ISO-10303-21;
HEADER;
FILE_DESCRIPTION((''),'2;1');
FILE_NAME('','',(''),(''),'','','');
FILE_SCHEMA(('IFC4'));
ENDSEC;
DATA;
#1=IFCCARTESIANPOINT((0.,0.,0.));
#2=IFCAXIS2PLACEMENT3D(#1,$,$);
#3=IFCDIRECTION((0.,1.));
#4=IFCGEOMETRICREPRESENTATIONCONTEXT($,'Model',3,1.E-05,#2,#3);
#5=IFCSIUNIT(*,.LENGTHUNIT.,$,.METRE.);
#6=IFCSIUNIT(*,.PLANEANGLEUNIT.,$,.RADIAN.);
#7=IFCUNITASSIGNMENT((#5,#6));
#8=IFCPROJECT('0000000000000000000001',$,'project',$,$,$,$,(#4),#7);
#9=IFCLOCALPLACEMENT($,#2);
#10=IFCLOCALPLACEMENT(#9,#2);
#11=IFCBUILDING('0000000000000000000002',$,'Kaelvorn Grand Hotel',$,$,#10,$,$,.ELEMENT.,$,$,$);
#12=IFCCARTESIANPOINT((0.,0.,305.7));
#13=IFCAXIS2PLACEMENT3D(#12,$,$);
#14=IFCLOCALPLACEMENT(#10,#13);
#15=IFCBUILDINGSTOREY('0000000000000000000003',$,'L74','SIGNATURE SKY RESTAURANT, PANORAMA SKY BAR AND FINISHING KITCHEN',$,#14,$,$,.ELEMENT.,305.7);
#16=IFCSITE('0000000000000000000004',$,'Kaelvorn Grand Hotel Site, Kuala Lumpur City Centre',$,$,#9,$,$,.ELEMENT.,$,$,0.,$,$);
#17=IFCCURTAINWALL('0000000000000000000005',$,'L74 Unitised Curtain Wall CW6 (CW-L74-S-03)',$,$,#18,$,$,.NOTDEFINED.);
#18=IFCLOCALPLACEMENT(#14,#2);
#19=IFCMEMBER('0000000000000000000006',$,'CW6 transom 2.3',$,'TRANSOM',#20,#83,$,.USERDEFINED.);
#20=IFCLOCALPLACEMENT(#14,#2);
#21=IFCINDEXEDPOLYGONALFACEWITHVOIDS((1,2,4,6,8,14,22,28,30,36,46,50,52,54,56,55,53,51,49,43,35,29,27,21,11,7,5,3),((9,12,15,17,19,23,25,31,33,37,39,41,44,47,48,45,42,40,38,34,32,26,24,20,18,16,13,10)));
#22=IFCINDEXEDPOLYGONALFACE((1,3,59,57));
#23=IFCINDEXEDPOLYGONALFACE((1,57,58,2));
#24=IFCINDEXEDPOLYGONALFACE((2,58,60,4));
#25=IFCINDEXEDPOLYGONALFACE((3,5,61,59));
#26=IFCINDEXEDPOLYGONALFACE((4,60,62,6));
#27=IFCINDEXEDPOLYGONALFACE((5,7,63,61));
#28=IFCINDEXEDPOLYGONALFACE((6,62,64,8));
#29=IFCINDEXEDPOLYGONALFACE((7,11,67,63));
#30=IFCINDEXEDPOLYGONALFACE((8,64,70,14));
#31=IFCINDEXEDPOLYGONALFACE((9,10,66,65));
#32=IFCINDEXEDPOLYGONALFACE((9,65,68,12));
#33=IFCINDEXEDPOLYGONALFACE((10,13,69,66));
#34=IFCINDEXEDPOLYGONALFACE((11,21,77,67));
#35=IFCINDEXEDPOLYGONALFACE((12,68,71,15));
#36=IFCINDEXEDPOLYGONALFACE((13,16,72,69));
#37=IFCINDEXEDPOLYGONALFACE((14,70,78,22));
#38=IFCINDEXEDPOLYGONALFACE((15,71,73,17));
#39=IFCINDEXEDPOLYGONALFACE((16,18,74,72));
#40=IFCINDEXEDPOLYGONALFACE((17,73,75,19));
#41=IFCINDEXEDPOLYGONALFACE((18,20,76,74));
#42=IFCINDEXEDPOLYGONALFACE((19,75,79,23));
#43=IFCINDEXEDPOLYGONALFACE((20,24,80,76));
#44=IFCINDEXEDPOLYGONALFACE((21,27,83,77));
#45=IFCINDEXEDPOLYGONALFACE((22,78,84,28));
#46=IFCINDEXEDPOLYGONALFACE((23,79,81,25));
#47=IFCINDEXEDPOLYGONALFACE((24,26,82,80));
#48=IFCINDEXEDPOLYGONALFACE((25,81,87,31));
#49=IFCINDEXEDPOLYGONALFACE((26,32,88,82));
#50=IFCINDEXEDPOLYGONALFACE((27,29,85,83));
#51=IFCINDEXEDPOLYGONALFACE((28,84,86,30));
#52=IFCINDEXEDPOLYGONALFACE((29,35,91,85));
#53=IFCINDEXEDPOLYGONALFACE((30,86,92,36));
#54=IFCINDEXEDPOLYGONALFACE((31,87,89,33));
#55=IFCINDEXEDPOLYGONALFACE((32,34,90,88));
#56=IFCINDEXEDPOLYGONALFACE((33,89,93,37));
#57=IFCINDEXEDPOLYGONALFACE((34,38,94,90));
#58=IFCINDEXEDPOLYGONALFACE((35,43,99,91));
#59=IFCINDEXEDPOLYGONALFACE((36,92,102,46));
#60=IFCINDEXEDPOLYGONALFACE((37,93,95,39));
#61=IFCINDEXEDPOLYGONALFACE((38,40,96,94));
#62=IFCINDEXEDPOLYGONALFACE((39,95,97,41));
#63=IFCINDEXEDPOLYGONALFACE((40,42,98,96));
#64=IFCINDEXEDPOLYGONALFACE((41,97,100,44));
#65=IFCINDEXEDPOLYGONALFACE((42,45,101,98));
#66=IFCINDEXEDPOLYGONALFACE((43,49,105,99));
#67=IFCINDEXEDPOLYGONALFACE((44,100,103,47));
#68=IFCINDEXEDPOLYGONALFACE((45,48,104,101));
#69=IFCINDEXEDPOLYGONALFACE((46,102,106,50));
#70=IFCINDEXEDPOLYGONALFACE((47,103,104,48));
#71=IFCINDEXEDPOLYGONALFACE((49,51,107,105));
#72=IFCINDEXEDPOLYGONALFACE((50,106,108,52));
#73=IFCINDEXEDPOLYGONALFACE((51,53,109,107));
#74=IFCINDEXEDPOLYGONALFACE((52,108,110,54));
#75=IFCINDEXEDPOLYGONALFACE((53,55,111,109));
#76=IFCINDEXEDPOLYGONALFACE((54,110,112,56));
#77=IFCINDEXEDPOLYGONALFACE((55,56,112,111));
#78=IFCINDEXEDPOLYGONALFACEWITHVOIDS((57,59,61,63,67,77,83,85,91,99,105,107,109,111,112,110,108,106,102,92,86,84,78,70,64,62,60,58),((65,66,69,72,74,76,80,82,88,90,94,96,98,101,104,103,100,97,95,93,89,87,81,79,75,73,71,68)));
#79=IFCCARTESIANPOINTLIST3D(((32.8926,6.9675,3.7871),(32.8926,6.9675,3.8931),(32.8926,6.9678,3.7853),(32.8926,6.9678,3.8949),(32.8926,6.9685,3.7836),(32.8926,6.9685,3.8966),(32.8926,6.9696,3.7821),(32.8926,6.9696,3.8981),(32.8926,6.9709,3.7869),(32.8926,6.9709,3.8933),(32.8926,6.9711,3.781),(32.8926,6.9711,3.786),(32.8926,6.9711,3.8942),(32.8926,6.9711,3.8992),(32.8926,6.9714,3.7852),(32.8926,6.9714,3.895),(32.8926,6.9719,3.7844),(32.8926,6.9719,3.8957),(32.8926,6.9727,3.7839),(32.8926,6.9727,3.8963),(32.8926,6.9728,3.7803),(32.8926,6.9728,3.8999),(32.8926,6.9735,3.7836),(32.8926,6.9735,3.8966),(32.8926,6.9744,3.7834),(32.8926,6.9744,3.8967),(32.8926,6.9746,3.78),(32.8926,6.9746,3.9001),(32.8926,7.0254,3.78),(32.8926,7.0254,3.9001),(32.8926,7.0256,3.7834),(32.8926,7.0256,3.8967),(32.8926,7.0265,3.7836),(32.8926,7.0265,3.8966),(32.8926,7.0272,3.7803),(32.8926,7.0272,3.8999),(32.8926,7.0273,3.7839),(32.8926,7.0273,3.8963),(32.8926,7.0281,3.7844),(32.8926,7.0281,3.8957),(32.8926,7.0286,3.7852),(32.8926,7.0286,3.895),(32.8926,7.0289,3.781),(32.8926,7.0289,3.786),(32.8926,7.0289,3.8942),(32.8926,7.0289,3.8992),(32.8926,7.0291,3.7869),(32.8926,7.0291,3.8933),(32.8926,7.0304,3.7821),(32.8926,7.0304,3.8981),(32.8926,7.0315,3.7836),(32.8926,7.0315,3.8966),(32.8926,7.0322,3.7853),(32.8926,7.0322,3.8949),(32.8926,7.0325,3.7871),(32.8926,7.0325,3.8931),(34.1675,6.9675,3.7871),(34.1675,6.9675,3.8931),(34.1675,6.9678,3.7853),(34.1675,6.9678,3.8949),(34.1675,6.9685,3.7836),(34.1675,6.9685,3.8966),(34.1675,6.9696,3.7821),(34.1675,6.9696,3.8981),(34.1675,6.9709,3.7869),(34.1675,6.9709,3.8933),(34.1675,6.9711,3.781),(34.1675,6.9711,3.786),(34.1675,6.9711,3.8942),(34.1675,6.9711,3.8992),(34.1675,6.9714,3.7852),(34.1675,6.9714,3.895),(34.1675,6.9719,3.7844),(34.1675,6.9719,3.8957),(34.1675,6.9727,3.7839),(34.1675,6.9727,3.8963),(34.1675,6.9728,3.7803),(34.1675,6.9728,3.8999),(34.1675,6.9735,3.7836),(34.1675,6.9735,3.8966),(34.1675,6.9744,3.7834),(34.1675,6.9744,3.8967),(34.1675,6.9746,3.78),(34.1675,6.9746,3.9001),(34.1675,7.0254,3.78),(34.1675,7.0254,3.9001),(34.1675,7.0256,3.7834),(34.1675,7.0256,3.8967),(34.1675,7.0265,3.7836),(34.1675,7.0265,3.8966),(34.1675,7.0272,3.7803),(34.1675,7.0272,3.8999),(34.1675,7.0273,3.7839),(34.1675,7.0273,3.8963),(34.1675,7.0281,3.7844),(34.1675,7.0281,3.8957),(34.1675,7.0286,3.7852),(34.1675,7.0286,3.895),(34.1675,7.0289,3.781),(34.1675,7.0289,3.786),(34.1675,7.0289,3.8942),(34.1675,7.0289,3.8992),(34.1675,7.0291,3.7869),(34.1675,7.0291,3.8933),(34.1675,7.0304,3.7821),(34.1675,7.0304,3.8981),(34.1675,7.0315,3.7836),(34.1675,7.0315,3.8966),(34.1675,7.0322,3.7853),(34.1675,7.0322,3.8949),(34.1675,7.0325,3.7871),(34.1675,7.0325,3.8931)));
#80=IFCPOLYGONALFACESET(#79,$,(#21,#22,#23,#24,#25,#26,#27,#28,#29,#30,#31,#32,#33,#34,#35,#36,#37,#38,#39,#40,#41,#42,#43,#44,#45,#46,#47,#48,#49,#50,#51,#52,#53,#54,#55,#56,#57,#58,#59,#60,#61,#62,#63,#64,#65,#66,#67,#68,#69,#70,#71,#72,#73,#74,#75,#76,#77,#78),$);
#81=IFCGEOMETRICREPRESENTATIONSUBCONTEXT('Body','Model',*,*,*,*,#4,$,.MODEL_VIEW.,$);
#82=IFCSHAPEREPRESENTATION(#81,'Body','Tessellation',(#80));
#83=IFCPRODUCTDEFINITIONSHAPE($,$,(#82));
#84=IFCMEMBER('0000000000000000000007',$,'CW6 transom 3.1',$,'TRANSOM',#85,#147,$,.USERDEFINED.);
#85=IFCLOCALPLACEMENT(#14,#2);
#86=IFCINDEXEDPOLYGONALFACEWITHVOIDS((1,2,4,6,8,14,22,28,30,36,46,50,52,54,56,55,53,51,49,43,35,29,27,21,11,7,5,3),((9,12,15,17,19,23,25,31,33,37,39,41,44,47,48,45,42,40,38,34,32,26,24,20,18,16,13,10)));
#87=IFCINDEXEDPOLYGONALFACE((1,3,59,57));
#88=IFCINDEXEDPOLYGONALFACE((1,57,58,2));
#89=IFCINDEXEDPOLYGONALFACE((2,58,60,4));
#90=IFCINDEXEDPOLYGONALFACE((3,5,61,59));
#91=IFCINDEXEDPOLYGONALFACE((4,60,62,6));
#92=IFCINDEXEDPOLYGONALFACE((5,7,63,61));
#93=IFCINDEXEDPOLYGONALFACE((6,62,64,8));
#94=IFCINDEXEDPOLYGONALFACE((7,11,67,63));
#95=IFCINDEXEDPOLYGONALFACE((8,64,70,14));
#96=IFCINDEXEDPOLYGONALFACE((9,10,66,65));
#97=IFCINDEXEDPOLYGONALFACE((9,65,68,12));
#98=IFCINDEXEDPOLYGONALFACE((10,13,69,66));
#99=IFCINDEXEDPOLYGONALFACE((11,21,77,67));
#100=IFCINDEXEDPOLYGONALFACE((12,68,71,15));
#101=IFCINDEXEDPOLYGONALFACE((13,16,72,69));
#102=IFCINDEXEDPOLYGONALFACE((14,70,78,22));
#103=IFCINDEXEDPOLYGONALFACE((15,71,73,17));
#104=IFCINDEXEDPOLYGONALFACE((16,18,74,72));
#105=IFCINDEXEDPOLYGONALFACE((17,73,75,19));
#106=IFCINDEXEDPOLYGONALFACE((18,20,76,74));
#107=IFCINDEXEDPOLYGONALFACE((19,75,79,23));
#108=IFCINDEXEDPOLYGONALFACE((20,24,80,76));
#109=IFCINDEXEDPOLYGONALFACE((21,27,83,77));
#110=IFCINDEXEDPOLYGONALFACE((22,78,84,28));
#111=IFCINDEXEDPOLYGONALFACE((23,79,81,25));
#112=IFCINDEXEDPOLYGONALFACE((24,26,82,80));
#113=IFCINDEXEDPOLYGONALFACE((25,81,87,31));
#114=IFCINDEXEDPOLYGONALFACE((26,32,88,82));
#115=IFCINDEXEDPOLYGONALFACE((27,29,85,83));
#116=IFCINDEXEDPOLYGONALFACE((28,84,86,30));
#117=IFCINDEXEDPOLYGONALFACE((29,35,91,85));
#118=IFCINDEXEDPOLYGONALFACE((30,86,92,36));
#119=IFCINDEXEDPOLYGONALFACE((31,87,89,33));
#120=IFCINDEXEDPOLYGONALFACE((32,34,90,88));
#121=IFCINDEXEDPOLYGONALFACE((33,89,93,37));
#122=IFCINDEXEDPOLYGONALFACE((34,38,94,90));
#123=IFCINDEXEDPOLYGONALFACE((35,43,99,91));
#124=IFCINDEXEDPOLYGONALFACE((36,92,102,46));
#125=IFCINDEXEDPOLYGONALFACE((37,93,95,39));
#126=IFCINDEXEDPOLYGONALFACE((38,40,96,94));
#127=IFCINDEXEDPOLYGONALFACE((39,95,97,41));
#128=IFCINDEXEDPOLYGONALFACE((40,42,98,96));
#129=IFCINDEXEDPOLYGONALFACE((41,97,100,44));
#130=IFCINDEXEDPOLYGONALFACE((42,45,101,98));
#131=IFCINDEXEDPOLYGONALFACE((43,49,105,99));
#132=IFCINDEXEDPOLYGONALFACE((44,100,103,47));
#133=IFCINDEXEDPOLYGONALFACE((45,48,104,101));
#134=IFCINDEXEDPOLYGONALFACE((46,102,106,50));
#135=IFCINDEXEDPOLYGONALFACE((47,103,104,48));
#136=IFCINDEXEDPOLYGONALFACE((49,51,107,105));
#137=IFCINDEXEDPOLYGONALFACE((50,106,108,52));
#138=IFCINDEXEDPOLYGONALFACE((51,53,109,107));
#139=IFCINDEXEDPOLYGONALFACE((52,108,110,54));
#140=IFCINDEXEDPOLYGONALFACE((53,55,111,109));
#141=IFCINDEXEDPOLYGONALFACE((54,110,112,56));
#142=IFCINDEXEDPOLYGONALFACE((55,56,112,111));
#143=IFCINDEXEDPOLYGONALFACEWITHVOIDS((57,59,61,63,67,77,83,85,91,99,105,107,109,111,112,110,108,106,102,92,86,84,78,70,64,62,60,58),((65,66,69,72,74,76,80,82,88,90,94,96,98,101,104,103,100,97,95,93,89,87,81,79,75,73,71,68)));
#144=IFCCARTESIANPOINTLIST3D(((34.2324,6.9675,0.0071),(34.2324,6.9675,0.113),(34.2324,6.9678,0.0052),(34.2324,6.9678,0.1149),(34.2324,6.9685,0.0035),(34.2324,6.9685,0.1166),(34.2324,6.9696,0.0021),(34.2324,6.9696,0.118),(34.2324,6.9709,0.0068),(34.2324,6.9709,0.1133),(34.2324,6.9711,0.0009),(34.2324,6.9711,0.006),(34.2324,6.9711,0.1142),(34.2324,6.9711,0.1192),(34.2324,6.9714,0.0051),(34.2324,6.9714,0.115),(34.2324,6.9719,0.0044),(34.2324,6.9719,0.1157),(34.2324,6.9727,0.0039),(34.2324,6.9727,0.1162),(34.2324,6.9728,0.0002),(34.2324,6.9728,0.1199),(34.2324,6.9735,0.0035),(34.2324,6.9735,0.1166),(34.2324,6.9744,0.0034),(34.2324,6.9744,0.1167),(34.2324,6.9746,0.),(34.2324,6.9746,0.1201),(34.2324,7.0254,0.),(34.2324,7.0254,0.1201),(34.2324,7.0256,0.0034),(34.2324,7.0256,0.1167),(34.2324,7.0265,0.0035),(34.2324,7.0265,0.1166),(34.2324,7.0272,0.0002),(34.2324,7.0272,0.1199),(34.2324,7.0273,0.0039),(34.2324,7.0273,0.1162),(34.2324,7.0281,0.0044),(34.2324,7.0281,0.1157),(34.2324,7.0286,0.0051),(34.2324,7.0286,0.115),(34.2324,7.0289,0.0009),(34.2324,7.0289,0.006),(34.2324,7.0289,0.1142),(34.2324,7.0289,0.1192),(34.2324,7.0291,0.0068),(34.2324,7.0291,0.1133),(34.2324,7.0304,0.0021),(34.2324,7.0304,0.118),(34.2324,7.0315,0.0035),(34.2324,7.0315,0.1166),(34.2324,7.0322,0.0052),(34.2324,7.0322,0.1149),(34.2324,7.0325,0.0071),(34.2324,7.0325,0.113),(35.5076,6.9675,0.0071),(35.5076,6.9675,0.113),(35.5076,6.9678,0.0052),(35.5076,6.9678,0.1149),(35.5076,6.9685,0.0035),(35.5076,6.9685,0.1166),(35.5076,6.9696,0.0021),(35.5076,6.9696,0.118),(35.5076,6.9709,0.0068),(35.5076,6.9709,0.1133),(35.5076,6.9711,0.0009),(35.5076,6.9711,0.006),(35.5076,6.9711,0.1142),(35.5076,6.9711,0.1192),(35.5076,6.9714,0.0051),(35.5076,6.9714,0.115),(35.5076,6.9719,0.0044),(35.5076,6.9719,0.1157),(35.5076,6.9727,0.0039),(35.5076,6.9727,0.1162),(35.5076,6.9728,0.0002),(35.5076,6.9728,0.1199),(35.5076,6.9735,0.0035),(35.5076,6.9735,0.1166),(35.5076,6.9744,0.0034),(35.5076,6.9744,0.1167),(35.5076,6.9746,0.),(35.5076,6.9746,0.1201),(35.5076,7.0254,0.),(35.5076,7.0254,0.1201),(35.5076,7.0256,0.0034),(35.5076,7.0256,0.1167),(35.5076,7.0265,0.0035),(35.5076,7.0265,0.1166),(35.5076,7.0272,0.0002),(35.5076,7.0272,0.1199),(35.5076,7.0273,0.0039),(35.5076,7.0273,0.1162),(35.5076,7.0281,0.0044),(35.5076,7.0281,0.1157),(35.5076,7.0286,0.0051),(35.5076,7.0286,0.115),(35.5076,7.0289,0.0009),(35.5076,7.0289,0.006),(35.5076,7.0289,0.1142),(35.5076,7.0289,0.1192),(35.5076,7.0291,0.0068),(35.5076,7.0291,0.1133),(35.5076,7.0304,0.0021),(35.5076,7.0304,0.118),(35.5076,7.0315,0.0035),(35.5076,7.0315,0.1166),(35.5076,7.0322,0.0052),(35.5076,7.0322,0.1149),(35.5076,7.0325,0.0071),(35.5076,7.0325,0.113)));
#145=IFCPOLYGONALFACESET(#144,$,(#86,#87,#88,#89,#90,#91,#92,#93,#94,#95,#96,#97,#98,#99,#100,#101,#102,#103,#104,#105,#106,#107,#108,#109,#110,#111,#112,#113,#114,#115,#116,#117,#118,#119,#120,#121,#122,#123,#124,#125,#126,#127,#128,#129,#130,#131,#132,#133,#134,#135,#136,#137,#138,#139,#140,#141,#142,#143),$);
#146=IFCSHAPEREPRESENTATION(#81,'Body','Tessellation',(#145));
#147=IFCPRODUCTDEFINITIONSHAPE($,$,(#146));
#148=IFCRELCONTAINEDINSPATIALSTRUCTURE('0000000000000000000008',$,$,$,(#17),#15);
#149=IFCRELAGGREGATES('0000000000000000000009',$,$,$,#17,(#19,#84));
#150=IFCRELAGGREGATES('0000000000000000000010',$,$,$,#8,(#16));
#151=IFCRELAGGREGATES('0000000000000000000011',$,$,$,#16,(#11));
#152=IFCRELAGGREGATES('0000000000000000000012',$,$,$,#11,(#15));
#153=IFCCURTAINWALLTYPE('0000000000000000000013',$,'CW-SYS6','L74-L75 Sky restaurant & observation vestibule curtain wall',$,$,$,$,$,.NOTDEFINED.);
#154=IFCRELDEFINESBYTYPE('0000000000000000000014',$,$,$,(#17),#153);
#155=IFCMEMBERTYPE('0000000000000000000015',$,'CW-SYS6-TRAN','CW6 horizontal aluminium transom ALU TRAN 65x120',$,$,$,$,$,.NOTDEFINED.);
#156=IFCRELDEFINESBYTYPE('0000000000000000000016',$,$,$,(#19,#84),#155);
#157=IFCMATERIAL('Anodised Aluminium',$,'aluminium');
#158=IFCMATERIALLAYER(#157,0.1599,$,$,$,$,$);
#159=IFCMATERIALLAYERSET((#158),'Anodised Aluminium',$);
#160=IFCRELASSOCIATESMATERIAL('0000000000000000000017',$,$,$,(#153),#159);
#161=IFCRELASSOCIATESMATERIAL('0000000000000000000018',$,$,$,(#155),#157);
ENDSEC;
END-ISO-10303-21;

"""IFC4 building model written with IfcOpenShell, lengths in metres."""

from ifc_helpers import new_model, si_unit, direction, frame, origin, origin_2d, place, context, subcontext, project, spatial, hollow_rectangle, extrude, material, layer, layer_set, material_profile, profile_set, type_object, element, aggregate, save


model = new_model("IFC4")

# Units and contexts
model_context = context("Model", 3, precision=1e-05, world=origin(), true_north=direction((0.0, 1.0)))
body_context = subcontext(model_context, "Body", "Model", "MODEL_VIEW")
ifc_project = project(units=[si_unit("LENGTHUNIT", "METRE"), si_unit("PLANEANGLEUNIT", "RADIAN")], contexts=[model_context])

# Site, building, storey
site_placement = place(None, origin())
site = spatial("IfcSite", under=ifc_project, at=site_placement, Name="Kaelvorn Grand Hotel Site, Kuala Lumpur City Centre", CompositionType="ELEMENT", RefElevation=0.0)
building_placement = place(site_placement, origin())
building = spatial("IfcBuilding", under=site, at=building_placement, Name="Kaelvorn Grand Hotel", CompositionType="ELEMENT")
storey_placement = place(building_placement, frame((0.0, 0.0, 305.7)))
storey = spatial("IfcBuildingStorey", under=building, at=storey_placement, Name="L74", Description="SIGNATURE SKY RESTAURANT, PANORAMA SKY BAR AND FINISHING KITCHEN", CompositionType="ELEMENT", Elevation=305.7)

# Curtain wall, members
ifc_material_1 = material(Name="Anodised Aluminium", Category="aluminium")
ifc_layer_1 = layer(ifc_material_1, 0.1599)
ifc_layer_set_1 = layer_set([ifc_layer_1], Name="Anodised Aluminium")
curtain_wall_type = type_object("IfcCurtainWallType", Name="CW-SYS6", Description="L74-L75 Sky restaurant & observation vestibule curtain wall", PredefinedType="NOTDEFINED", material=ifc_layer_set_1)
curtain_wall_placement = place(storey_placement, origin())
curtain_wall = element("IfcCurtainWall", 1, at=curtain_wall_placement, inside=storey, type_object=curtain_wall_type, Name="L74 Unitised Curtain Wall CW6 (CW-L74-S-03)", PredefinedType="NOTDEFINED")
ifc_material_profile_1 = material_profile(ifc_material_1, hollow_rectangle(XDim=0.0649, YDim=0.1201, WallThickness=0.0034, InnerFilletRadius=0.0034, OuterFilletRadius=0.0071, at=origin_2d()), Name="ALU TRAN 65x120")
ifc_profile_set_1 = profile_set([ifc_material_profile_1], Name="Anodised Aluminium")
member_type_1 = type_object("IfcMemberType", Name="CW-SYS6-TRAN", Description="CW6 horizontal aluminium transom ALU TRAN 65x120", PredefinedType="NOTDEFINED", material=ifc_profile_set_1)
member_1_placement = place(storey_placement, frame((32.8926, 7.0, 3.8401), z_axis=(1.0, 0.0, 0.0), x_axis=(0.0, 1.0, 0.0)))
member_1 = element("IfcMember", 2, at=member_1_placement, type_object=member_type_1, Name="CW6 transom 2.3", ObjectType="TRANSOM", PredefinedType="USERDEFINED", context=body_context, shape_type="SweptSolid", body=[
    extrude(hollow_rectangle(XDim=0.0649, YDim=0.1201, WallThickness=0.0034, InnerFilletRadius=0.0034, OuterFilletRadius=0.0071, at=origin_2d()), origin(), (0.0, 0.0, 1.0), 1.2749),
])
member_2_placement = place(storey_placement, frame((34.2324, 7.0, 0.0601), z_axis=(1.0, 0.0, 0.0), x_axis=(0.0, 1.0, 0.0)))
member_2 = element("IfcMember", 3, at=member_2_placement, type_object=member_type_1, Name="CW6 transom 3.1", ObjectType="TRANSOM", PredefinedType="USERDEFINED", context=body_context, shape_type="SweptSolid", body=[
    extrude(hollow_rectangle(XDim=0.0649, YDim=0.1201, WallThickness=0.0034, InnerFilletRadius=0.0034, OuterFilletRadius=0.0071, at=origin_2d()), origin(), (0.0, 0.0, 1.0), 1.2751),
])
aggregate(curtain_wall, [member_1, member_2])

save(model, "model.ifc")
